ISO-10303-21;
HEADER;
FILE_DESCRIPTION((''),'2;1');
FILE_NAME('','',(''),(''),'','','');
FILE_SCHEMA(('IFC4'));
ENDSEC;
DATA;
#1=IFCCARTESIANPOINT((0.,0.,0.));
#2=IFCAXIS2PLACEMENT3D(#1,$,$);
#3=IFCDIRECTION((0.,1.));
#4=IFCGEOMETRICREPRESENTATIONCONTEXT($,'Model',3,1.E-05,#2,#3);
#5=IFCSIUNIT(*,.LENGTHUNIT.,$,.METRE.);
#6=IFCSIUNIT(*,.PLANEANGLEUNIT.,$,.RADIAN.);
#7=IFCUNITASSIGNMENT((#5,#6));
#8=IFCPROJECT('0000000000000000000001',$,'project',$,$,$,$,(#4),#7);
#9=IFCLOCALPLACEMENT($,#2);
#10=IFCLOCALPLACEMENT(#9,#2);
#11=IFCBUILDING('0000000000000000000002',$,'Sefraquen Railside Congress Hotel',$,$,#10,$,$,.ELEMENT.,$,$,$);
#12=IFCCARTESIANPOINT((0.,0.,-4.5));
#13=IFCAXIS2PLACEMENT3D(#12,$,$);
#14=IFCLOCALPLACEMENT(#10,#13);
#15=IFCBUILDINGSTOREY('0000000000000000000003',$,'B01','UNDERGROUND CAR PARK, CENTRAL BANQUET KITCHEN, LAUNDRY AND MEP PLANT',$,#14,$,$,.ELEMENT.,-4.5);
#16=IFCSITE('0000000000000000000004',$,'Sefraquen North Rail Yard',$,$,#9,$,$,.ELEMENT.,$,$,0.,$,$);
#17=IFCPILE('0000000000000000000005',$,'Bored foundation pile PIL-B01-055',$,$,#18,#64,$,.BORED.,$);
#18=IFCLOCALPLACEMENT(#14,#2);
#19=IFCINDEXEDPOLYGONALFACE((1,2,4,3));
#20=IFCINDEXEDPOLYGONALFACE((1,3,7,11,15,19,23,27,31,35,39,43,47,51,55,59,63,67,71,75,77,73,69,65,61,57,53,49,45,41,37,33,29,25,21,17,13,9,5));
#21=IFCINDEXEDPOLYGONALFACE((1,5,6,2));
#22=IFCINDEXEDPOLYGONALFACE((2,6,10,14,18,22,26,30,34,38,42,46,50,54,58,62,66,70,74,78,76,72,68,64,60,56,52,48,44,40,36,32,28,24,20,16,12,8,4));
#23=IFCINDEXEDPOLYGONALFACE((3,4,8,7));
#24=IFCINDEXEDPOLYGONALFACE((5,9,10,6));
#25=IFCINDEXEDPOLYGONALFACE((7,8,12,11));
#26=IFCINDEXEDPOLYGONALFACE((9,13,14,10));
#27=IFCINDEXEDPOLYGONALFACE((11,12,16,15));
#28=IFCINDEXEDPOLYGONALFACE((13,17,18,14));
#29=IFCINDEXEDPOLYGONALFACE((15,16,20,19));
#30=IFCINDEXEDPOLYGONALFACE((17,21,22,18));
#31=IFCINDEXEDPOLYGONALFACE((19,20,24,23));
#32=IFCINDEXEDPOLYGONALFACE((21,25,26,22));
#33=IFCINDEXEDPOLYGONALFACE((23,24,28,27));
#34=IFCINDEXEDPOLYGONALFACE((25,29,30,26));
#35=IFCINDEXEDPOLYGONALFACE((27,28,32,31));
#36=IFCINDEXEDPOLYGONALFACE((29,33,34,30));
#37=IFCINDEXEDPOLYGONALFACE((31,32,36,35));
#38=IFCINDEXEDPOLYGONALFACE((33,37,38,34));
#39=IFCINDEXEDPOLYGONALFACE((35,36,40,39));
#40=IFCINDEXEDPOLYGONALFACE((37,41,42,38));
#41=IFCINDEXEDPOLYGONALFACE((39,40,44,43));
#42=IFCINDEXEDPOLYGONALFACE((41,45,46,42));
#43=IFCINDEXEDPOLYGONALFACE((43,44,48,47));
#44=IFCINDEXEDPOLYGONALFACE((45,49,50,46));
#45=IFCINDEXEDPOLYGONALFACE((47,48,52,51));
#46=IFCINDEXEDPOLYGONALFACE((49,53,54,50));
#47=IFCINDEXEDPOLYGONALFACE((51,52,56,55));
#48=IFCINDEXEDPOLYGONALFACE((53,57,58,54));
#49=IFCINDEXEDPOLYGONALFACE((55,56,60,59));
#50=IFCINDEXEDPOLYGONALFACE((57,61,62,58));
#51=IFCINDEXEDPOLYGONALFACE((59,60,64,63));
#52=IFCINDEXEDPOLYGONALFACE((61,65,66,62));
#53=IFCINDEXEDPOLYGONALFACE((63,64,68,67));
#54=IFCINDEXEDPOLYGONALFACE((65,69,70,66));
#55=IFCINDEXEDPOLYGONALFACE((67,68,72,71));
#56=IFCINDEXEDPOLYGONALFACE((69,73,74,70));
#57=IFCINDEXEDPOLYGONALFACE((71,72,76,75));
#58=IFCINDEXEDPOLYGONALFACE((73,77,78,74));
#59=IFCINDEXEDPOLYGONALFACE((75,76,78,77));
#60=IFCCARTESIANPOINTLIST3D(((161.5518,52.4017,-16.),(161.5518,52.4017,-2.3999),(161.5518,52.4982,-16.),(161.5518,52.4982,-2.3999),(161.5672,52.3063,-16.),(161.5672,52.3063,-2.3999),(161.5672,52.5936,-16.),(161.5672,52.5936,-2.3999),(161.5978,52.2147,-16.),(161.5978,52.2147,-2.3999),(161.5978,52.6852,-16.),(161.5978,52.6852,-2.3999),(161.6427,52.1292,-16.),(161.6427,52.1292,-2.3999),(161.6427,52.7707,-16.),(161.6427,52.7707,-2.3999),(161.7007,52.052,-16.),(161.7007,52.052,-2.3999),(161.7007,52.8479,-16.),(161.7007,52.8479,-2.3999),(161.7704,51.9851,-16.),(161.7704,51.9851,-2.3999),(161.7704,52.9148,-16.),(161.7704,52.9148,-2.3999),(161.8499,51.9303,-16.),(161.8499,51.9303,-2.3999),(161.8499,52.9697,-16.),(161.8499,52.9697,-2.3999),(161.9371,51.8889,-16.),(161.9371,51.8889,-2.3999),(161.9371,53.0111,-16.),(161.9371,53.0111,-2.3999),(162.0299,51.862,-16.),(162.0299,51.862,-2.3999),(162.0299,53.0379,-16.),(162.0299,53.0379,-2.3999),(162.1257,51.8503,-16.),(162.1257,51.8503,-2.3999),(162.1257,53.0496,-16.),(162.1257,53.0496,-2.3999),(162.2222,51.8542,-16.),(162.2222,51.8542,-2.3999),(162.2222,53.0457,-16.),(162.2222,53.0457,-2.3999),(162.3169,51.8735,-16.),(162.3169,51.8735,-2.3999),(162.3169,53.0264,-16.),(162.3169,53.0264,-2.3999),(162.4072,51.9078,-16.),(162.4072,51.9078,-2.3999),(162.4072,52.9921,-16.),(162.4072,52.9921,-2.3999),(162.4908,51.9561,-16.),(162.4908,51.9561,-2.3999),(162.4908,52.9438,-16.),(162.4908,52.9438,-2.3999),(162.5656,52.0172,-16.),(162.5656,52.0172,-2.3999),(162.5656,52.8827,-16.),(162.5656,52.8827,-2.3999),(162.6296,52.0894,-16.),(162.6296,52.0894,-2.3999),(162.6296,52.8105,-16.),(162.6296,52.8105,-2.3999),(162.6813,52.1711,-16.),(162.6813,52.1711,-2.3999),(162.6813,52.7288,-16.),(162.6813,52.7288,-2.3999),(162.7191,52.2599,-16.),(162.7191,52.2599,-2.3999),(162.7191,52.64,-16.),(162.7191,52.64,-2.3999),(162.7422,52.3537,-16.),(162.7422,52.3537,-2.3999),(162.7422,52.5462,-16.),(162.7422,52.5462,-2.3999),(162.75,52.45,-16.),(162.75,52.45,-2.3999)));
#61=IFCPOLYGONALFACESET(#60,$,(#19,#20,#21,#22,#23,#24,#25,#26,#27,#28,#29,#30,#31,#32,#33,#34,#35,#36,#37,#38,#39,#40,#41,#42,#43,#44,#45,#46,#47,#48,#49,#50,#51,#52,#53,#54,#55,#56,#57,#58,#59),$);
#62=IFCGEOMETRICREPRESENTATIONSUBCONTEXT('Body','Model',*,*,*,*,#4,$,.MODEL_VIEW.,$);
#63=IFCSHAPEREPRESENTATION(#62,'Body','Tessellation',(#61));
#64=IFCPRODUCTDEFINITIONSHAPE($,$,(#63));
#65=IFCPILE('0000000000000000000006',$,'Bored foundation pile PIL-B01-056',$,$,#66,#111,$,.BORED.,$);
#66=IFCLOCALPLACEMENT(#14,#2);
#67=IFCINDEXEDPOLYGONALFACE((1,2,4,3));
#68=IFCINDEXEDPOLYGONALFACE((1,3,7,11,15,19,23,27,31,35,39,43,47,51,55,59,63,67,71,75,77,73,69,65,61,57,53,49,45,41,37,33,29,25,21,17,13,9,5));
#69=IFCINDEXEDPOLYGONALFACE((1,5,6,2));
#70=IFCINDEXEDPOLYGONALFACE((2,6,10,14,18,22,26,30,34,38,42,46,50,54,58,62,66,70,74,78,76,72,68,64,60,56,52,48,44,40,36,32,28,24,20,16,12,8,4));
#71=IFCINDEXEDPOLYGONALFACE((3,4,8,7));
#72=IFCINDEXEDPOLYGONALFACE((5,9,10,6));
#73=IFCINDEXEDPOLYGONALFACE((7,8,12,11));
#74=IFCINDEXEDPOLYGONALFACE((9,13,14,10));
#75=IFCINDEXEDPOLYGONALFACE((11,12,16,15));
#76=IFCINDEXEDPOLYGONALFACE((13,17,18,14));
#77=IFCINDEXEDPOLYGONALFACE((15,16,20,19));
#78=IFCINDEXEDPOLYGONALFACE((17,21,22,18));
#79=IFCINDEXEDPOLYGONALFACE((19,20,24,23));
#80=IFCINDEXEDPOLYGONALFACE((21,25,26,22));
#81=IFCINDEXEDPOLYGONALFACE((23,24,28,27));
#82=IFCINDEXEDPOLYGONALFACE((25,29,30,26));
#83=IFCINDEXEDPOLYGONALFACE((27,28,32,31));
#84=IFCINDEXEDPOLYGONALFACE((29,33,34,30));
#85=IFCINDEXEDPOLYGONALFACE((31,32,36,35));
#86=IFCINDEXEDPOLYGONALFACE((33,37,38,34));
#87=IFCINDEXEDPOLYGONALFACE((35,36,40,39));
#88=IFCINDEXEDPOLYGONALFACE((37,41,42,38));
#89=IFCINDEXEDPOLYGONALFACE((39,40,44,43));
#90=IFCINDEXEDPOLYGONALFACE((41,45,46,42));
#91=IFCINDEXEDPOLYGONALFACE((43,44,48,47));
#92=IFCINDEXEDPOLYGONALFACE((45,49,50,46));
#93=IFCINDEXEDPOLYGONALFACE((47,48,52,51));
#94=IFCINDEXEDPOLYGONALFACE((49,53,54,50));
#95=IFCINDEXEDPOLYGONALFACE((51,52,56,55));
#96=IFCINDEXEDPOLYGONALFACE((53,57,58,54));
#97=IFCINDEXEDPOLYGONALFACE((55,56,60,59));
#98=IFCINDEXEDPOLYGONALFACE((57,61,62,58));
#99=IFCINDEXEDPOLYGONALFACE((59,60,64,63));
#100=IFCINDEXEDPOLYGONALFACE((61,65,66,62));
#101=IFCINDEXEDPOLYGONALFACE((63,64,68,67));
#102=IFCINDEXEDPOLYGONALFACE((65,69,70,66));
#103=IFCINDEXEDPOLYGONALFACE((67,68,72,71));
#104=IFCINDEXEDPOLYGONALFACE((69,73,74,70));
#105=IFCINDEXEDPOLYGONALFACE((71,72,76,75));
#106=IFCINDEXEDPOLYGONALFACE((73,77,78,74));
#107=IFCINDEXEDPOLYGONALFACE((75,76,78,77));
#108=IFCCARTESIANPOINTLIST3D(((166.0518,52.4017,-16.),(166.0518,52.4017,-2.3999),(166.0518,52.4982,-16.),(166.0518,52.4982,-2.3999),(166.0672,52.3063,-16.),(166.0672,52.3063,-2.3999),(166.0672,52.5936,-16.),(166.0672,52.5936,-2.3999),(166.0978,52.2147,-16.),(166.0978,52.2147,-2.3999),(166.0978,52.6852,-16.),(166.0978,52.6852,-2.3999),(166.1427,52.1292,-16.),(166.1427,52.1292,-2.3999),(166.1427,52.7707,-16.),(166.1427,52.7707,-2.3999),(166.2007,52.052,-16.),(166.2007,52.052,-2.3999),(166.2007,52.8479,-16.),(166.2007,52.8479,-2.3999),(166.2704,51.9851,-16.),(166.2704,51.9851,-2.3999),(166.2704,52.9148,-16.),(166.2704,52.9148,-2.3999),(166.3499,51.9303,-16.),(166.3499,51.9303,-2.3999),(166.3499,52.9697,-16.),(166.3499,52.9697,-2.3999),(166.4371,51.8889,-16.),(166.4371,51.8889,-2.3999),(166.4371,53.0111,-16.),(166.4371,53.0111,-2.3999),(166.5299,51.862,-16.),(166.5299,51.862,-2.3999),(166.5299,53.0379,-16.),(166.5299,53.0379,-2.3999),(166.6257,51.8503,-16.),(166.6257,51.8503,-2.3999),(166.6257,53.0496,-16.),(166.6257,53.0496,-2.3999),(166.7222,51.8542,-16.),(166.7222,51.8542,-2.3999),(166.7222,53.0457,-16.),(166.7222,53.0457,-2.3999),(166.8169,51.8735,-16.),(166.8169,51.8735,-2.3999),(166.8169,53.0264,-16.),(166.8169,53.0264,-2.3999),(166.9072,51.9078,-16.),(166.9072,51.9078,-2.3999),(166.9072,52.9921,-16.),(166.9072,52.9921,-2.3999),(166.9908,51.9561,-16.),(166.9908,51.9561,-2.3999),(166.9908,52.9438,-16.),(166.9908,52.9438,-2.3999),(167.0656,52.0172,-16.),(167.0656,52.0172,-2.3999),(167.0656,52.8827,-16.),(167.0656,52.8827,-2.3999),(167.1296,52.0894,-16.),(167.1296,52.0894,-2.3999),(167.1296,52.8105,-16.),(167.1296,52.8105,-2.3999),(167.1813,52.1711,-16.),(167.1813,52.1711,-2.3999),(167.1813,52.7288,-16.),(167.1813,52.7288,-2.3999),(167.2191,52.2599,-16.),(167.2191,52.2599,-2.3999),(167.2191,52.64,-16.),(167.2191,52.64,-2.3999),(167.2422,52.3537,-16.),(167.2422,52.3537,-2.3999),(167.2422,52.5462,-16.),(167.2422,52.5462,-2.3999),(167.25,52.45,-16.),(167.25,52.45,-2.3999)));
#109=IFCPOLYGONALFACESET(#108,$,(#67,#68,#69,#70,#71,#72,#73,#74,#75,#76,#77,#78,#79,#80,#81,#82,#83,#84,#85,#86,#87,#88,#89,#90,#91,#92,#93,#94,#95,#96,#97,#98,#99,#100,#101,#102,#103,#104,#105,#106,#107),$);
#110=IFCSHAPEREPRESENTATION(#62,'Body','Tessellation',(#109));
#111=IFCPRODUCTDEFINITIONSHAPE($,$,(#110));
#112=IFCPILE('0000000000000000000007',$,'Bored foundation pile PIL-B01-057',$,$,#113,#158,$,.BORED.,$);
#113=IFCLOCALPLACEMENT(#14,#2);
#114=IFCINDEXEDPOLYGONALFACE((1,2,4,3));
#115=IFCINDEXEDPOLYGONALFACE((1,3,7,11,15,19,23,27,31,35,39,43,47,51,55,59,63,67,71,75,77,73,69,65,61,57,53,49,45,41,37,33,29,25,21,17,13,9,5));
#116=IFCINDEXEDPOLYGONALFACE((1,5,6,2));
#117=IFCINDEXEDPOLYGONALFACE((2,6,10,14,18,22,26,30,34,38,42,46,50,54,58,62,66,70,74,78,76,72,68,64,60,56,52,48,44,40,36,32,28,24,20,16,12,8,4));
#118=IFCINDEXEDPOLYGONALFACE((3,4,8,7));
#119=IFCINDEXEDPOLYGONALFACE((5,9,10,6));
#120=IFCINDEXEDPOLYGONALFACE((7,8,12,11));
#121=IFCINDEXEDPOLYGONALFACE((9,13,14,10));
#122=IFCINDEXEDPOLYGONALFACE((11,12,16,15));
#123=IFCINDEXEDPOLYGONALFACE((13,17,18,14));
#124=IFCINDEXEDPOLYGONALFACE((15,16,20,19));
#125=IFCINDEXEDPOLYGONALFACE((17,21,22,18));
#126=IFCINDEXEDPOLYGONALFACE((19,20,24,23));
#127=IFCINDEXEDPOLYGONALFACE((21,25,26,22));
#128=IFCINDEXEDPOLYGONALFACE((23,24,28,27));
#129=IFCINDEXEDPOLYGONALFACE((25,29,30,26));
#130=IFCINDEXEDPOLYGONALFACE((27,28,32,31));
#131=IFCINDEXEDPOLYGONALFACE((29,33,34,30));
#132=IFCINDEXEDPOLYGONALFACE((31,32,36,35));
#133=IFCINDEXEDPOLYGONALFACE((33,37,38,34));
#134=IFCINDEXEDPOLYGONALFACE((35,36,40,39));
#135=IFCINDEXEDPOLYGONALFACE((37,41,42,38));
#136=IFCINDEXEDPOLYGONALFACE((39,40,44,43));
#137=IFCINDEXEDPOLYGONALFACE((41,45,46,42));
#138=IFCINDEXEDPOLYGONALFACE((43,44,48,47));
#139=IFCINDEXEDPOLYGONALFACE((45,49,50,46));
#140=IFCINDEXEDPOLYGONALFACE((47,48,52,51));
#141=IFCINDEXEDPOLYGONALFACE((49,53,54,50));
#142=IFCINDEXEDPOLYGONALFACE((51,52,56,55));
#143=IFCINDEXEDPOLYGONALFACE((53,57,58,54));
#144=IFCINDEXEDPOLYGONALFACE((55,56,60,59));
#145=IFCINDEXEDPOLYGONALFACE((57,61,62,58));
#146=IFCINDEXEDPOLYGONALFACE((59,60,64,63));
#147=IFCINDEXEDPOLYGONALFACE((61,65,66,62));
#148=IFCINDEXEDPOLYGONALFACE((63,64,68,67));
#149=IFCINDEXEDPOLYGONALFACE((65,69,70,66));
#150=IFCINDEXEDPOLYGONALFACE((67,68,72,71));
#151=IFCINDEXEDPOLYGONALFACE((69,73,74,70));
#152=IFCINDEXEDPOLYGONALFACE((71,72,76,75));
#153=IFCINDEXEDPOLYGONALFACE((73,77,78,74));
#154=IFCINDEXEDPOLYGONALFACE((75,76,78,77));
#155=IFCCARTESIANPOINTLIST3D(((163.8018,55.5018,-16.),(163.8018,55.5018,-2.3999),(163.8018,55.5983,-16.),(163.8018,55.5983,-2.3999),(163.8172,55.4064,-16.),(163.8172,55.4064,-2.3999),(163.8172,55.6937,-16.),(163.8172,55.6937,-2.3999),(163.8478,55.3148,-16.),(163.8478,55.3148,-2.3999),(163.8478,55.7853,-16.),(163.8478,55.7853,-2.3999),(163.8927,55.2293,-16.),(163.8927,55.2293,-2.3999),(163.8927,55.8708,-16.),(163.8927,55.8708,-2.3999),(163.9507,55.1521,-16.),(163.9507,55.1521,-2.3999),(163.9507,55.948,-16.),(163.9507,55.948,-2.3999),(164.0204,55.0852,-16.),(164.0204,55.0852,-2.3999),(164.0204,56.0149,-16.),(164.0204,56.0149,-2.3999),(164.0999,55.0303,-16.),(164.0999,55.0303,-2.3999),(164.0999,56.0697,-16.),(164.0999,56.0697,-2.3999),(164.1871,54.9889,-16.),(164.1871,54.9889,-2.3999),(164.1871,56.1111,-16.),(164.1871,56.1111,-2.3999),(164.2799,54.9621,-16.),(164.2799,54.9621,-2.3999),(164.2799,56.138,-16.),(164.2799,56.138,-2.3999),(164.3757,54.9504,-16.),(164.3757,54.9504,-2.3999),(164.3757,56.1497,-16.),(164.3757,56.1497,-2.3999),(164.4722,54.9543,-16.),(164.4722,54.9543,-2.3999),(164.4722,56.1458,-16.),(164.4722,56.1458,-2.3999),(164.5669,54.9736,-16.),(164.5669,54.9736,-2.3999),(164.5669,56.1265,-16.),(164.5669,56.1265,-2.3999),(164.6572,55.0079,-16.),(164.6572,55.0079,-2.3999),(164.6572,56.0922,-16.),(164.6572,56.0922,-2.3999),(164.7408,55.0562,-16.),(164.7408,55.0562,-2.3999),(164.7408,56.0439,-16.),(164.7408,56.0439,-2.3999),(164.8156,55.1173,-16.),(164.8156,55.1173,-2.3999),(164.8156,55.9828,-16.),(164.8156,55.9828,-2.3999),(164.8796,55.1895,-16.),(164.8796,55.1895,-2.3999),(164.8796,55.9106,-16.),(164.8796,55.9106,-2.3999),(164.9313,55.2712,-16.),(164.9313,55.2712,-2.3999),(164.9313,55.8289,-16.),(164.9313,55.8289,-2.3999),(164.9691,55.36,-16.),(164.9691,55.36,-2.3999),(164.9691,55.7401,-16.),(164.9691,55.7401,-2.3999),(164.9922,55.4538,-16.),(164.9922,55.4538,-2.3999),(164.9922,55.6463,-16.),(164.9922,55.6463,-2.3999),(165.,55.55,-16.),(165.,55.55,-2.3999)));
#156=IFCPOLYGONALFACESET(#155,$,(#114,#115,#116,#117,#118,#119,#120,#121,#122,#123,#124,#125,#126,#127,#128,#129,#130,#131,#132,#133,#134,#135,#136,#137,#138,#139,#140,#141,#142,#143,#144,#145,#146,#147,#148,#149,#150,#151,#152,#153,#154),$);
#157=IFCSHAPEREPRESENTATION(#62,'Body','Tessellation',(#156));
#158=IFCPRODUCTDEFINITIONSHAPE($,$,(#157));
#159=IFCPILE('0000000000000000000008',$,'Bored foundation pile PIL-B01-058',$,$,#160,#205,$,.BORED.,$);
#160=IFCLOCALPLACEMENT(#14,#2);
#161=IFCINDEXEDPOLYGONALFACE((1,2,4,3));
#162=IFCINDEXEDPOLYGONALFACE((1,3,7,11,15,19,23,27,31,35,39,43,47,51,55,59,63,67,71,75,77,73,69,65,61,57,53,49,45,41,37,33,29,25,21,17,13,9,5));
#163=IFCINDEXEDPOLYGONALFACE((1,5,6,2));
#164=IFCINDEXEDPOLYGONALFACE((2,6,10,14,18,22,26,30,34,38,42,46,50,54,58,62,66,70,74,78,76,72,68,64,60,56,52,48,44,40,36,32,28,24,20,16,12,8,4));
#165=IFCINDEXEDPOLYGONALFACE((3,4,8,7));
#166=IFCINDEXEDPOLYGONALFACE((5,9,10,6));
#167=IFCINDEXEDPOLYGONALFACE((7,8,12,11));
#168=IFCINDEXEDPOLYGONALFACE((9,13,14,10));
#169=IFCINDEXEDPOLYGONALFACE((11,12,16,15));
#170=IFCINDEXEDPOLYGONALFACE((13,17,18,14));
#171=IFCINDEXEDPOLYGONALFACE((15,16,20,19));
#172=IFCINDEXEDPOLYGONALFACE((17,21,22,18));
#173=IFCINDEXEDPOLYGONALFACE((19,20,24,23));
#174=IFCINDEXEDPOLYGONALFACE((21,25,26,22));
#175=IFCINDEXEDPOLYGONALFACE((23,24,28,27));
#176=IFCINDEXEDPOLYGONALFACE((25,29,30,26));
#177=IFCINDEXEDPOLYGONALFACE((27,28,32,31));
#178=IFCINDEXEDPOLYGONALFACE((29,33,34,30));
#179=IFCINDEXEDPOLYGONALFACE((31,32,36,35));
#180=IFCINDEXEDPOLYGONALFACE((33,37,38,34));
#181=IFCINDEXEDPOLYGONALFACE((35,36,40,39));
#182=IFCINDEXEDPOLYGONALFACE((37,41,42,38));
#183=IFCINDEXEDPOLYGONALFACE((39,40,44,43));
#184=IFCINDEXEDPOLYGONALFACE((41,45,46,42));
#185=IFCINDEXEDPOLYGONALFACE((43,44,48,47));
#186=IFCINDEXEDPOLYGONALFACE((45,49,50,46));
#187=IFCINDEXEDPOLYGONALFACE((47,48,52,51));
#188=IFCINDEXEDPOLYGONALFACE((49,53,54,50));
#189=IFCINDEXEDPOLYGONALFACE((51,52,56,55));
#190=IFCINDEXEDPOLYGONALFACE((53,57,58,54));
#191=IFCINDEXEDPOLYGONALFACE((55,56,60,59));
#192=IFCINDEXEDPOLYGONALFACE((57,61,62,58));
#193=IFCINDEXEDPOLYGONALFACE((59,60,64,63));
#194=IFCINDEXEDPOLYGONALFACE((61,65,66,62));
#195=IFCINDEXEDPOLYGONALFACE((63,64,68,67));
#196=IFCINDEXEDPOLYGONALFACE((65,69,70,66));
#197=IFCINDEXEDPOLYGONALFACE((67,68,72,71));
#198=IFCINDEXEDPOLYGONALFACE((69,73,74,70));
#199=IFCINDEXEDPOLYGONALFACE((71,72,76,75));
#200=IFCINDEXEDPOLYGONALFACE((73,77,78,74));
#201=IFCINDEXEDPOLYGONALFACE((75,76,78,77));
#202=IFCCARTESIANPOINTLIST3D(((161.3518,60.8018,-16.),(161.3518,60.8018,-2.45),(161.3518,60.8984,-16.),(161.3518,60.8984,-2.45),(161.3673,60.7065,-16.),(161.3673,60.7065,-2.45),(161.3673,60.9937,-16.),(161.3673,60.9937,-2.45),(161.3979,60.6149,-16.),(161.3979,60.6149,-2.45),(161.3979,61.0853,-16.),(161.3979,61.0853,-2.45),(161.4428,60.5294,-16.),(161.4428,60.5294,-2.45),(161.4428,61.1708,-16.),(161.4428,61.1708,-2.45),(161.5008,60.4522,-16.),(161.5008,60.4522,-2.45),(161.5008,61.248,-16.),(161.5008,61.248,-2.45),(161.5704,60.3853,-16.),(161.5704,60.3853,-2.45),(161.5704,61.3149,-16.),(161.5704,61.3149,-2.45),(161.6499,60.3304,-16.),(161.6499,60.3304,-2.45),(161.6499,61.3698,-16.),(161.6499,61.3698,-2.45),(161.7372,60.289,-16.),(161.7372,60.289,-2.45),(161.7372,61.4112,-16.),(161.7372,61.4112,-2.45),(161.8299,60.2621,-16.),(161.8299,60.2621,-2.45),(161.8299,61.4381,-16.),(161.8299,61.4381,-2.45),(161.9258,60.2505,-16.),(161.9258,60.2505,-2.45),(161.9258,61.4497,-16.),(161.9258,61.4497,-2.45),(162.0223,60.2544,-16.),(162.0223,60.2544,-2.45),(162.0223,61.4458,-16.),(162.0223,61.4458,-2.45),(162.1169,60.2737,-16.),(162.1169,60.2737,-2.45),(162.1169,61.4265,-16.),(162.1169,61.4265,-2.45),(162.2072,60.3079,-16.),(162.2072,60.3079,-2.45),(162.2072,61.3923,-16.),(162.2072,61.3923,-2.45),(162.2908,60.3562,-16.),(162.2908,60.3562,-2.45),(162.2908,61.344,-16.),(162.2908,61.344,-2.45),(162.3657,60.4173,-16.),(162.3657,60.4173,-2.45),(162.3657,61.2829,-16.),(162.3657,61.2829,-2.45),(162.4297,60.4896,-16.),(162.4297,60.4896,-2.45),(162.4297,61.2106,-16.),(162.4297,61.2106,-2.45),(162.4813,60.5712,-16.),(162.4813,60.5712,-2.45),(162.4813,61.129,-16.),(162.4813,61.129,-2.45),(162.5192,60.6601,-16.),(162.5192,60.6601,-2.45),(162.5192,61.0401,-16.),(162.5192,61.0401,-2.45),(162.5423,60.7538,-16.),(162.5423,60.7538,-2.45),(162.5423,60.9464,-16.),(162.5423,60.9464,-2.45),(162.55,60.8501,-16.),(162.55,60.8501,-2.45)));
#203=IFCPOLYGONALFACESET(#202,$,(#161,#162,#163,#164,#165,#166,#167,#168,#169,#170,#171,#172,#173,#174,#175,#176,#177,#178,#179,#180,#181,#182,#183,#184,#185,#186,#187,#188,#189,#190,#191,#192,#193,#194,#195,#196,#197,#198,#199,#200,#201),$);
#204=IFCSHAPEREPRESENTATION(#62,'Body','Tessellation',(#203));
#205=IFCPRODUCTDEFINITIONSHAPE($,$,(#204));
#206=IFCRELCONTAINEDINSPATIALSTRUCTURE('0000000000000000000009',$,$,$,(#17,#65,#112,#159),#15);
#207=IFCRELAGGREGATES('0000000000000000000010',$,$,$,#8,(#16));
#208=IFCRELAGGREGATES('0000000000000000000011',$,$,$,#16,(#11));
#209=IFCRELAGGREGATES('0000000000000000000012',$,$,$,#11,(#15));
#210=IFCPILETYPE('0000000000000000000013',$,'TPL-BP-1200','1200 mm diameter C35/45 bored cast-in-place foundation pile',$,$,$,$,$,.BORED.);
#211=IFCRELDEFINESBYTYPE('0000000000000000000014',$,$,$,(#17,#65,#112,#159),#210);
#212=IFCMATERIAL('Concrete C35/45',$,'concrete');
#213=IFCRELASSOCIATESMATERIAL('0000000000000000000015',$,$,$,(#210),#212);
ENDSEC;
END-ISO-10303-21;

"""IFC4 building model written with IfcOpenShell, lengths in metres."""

from ifc_helpers import new_model, si_unit, direction, frame, origin, origin_2d, place, context, subcontext, project, spatial, circle, extrude, material, material_profile, profile_set, type_object, element, save


model = new_model("IFC4")

# Units and contexts
model_context = context("Model", 3, precision=1e-05, world=origin(), true_north=direction((0.0, 1.0)))
body_context = subcontext(model_context, "Body", "Model", "MODEL_VIEW")
ifc_project = project(units=[si_unit("LENGTHUNIT", "METRE"), si_unit("PLANEANGLEUNIT", "RADIAN")], contexts=[model_context])

# Site, building, storey
site_placement = place(None, origin())
site = spatial("IfcSite", under=ifc_project, at=site_placement, Name="Sefraquen North Rail Yard", CompositionType="ELEMENT", RefElevation=0.0)
building_placement = place(site_placement, origin())
building = spatial("IfcBuilding", under=site, at=building_placement, Name="Sefraquen Railside Congress Hotel", CompositionType="ELEMENT")
storey_placement = place(building_placement, frame((0.0, 0.0, -4.5)))
storey = spatial("IfcBuildingStorey", under=building, at=storey_placement, Name="B01", Description="UNDERGROUND CAR PARK, CENTRAL BANQUET KITCHEN, LAUNDRY AND MEP PLANT", CompositionType="ELEMENT", Elevation=-4.5)

# Piles
ifc_material_1 = material(Name="Concrete C35/45", Category="concrete")
ifc_material_profile_1 = material_profile(ifc_material_1, circle(Radius=0.6001, at=origin_2d()), Name="BORED PILE 1200")
ifc_profile_set_1 = profile_set([ifc_material_profile_1], Name="Concrete C35/45")
pile_type = type_object("IfcPileType", Name="TPL-BP-1200", Description="1200 mm diameter C35/45 bored cast-in-place foundation pile", PredefinedType="BORED", material=ifc_profile_set_1)
for number, where, z_axis, x_axis, name in (
    (1, (162.1499, 52.45, -2.3999), (0.0, 0.0, -1.0), (1.0, 0.0, 0.0), "Bored foundation pile PIL-B01-055"),
    (2, (166.6499, 52.45, -2.3999), (0.0, 0.0, -1.0), (1.0, 0.0, 0.0), "Bored foundation pile PIL-B01-056"),
    (3, (164.3999, 55.55, -2.3999), (0.0, 0.0, -1.0), (1.0, 0.0, 0.0), "Bored foundation pile PIL-B01-057"),
):
    element("IfcPile", number, at=place(storey_placement, frame(where, z_axis=z_axis, x_axis=x_axis)), inside=storey, type_object=pile_type, Name=name, PredefinedType="BORED", context=body_context, shape_type="SweptSolid", body=[
        extrude(circle(Radius=0.6001, at=origin_2d()), origin(), (0.0, 0.0, 1.0), 13.6001),
    ])
for number, where, z_axis, x_axis, name in (
    (4, (161.95, 60.8501, -2.45), (0.0, 0.0, -1.0), (1.0, 0.0, 0.0), "Bored foundation pile PIL-B01-058"),
):
    element("IfcPile", number, at=place(storey_placement, frame(where, z_axis=z_axis, x_axis=x_axis)), inside=storey, type_object=pile_type, Name=name, PredefinedType="BORED", context=body_context, shape_type="SweptSolid", body=[
        extrude(circle(Radius=0.6001, at=origin_2d()), origin(), (0.0, 0.0, 1.0), 13.55),
    ])

save(model, "model.ifc")
